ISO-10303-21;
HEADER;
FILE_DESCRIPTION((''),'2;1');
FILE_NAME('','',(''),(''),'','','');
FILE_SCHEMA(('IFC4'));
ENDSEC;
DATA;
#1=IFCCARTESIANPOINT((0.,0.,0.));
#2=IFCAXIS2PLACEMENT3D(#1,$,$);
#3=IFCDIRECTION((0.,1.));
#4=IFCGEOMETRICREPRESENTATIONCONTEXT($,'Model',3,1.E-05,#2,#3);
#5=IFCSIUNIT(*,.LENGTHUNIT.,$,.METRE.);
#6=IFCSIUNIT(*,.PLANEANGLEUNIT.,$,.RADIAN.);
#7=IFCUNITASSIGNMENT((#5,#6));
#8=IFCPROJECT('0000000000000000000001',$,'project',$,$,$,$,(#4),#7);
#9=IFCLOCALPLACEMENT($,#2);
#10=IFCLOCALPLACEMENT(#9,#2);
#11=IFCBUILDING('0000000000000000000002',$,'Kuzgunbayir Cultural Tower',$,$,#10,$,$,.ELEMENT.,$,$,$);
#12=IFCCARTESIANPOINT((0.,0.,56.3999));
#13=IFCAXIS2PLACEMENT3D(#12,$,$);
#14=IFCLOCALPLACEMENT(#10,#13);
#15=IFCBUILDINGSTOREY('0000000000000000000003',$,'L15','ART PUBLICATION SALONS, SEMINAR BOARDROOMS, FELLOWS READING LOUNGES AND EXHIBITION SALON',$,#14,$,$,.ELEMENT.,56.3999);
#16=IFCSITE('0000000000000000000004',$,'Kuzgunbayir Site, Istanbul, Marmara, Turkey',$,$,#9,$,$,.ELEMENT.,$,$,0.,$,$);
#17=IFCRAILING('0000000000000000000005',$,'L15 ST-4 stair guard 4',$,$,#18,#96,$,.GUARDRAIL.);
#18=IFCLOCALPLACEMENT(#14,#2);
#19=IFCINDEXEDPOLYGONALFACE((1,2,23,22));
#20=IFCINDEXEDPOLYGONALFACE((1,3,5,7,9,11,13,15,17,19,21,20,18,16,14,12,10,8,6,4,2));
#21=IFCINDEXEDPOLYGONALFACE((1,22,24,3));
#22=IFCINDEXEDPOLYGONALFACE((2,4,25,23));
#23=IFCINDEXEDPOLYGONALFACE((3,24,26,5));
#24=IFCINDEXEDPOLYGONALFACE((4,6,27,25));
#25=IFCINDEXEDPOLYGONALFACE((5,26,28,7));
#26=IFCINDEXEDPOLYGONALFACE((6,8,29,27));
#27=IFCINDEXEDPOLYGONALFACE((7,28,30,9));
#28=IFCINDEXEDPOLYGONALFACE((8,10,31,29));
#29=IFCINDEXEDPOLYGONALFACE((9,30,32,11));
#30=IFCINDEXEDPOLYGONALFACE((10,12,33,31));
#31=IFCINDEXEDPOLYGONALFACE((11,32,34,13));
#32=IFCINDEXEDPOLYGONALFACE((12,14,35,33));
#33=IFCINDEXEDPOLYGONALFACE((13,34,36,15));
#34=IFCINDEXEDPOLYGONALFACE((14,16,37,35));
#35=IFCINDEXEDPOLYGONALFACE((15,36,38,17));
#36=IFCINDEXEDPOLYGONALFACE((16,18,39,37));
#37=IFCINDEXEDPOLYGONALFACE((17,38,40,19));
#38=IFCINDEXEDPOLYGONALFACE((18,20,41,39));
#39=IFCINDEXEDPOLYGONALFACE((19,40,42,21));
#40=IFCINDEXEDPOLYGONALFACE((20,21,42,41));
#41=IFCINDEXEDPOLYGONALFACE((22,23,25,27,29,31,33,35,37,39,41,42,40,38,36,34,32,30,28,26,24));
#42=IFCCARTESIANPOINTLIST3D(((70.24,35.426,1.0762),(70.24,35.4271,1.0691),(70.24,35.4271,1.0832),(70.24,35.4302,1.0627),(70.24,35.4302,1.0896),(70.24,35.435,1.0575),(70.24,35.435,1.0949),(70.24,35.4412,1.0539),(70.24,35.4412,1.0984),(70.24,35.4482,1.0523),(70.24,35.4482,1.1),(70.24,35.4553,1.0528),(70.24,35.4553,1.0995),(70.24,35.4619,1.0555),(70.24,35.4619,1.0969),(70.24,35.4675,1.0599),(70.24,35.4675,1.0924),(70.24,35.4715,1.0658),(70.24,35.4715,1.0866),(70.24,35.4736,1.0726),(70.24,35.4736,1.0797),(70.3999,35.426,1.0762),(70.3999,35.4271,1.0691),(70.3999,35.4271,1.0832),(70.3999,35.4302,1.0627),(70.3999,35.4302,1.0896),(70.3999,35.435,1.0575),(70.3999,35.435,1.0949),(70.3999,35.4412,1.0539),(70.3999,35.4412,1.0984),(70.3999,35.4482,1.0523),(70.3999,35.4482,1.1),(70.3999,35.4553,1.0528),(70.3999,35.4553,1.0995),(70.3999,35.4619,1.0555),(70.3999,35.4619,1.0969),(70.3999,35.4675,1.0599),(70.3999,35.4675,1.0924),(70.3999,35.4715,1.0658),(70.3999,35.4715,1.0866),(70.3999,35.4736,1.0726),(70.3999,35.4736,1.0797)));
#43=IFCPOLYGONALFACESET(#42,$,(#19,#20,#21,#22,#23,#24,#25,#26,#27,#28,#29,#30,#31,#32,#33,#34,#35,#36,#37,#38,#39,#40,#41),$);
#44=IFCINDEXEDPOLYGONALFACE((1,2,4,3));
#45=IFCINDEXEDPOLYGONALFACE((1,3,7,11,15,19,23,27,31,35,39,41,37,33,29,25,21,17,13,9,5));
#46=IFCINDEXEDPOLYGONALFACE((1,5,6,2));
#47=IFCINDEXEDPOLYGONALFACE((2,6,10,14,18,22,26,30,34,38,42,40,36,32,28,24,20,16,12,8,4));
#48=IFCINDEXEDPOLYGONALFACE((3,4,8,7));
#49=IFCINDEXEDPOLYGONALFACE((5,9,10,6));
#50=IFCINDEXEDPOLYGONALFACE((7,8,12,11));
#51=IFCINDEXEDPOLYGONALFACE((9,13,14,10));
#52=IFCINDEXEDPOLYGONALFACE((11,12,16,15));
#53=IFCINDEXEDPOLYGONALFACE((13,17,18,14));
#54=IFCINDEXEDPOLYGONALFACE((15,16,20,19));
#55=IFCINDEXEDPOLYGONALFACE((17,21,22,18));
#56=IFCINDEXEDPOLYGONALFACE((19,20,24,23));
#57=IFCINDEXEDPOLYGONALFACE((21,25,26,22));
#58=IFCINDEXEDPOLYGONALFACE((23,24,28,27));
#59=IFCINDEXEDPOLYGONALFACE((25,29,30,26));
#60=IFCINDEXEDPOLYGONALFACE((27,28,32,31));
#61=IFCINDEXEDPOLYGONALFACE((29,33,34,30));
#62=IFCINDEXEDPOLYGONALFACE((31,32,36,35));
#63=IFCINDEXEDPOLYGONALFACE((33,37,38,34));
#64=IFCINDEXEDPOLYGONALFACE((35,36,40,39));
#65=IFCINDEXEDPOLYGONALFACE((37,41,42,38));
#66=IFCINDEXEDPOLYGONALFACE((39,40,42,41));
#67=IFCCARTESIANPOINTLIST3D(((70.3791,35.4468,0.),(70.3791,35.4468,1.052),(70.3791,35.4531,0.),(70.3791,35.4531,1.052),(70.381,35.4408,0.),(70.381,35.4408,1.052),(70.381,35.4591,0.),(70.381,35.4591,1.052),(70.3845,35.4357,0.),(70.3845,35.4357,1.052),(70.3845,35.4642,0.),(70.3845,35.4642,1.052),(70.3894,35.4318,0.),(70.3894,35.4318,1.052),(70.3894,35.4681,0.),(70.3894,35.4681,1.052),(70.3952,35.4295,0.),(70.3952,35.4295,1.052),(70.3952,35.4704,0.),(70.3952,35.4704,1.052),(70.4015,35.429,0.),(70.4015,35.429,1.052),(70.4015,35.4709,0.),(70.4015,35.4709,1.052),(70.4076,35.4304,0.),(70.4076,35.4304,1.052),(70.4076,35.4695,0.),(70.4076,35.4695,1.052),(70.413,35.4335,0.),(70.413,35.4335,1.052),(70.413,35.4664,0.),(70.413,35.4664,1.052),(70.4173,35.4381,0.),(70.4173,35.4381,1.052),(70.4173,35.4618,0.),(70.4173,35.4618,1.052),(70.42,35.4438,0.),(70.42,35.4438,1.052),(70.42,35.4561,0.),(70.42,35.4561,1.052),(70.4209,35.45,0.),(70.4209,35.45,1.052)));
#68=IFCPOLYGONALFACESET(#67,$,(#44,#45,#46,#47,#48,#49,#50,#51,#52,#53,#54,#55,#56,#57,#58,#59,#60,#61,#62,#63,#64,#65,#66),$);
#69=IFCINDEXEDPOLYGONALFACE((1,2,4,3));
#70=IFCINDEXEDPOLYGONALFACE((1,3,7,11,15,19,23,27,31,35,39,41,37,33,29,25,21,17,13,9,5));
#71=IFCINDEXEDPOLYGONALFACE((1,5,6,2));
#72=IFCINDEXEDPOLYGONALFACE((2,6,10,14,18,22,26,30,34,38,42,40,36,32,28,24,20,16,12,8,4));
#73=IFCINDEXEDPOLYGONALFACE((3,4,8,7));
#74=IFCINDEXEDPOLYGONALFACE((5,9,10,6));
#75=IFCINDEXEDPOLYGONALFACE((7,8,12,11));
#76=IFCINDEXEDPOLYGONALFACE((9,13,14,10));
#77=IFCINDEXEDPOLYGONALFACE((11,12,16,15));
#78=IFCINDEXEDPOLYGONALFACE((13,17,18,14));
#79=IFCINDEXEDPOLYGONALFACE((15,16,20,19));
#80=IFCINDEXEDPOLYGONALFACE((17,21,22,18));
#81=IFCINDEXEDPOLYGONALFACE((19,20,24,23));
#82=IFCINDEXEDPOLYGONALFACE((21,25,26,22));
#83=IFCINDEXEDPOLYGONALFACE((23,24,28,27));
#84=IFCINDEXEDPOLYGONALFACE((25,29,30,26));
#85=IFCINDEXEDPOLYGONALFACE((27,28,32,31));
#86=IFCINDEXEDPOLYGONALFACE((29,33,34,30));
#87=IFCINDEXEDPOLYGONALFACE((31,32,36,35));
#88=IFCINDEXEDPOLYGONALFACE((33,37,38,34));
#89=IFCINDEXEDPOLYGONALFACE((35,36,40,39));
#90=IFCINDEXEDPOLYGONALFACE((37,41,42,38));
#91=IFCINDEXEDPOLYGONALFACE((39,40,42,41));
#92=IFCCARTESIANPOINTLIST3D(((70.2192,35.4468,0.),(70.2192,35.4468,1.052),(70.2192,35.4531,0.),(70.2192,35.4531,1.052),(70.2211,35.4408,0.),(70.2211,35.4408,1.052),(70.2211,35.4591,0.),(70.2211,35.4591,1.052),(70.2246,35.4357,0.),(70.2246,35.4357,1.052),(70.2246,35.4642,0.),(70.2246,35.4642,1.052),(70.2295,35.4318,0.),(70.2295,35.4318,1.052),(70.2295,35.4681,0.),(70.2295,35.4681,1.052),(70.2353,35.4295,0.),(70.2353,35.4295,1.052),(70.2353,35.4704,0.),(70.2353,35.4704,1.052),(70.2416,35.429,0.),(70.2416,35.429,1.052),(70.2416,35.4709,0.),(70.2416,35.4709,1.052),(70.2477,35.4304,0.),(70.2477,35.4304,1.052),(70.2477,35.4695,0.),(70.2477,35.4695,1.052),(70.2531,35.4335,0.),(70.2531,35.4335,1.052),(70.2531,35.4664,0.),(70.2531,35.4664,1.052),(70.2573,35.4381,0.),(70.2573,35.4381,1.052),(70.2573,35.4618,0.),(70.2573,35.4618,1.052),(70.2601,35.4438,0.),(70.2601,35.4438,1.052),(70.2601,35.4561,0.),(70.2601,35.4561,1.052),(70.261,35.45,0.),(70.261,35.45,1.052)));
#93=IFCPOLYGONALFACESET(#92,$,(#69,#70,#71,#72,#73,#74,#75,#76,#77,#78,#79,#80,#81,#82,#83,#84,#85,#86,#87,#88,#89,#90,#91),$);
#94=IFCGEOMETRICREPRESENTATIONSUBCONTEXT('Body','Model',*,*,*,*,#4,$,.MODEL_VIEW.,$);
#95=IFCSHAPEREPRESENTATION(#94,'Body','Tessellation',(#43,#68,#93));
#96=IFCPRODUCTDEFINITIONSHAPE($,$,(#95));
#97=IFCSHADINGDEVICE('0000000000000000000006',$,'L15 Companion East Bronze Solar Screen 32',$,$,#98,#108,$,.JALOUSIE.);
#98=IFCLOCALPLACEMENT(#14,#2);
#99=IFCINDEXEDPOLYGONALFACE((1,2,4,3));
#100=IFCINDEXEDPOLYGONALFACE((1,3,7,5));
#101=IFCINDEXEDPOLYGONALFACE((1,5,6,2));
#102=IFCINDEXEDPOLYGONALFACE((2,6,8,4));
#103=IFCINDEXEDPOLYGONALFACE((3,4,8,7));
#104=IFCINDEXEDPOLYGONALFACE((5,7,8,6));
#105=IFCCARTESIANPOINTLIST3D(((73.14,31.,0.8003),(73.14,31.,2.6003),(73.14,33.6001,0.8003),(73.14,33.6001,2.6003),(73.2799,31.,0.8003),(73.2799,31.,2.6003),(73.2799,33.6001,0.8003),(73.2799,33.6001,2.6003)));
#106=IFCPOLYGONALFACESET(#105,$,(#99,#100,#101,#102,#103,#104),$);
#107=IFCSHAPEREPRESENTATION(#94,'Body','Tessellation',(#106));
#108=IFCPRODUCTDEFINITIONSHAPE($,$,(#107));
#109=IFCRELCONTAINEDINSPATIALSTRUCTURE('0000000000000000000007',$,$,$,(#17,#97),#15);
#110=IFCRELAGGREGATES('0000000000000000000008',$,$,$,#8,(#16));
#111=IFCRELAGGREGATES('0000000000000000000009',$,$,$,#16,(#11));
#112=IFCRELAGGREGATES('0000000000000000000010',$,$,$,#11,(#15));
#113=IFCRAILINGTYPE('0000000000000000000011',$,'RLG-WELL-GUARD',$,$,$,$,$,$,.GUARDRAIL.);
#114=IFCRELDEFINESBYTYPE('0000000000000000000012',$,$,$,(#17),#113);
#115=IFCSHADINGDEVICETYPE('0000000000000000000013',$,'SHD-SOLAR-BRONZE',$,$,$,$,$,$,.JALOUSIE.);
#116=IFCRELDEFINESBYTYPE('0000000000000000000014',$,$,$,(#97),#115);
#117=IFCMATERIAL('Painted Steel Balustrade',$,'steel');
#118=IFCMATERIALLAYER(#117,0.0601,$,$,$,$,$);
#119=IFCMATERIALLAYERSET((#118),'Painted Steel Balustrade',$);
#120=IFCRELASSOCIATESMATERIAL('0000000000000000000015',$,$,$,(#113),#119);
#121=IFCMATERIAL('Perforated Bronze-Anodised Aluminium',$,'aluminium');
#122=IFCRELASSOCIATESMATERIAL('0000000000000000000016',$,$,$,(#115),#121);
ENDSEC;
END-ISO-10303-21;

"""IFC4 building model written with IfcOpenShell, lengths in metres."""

from ifc_helpers import new_model, si_unit, direction, frame, origin, origin_2d, place, context, subcontext, project, spatial, rectangle, circle, extrude, material, layer, layer_set, type_object, element, save


model = new_model("IFC4")

# Units and contexts
model_context = context("Model", 3, precision=1e-05, world=origin(), true_north=direction((0.0, 1.0)))
body_context = subcontext(model_context, "Body", "Model", "MODEL_VIEW")
ifc_project = project(units=[si_unit("LENGTHUNIT", "METRE"), si_unit("PLANEANGLEUNIT", "RADIAN")], contexts=[model_context])

# Site, building, storey
site_placement = place(None, origin())
site = spatial("IfcSite", under=ifc_project, at=site_placement, Name="Kuzgunbayir Site, Istanbul, Marmara, Turkey", CompositionType="ELEMENT", RefElevation=0.0)
building_placement = place(site_placement, origin())
building = spatial("IfcBuilding", under=site, at=building_placement, Name="Kuzgunbayir Cultural Tower", CompositionType="ELEMENT")
storey_placement = place(building_placement, frame((0.0, 0.0, 56.3999)))
storey = spatial("IfcBuildingStorey", under=building, at=storey_placement, Name="L15", Description="ART PUBLICATION SALONS, SEMINAR BOARDROOMS, FELLOWS READING LOUNGES AND EXHIBITION SALON", CompositionType="ELEMENT", Elevation=56.3999)

# Railing
ifc_material_1 = material(Name="Painted Steel Balustrade", Category="steel")
ifc_layer_1 = layer(ifc_material_1, 0.0601)
ifc_layer_set_1 = layer_set([ifc_layer_1], Name="Painted Steel Balustrade")
railing_type = type_object("IfcRailingType", Name="RLG-WELL-GUARD", PredefinedType="GUARDRAIL", material=ifc_layer_set_1)
railing_1_placement = place(storey_placement, frame((70.3999, 35.45, 0.0)))
element("IfcRailing", 1, at=railing_1_placement, inside=storey, type_object=railing_type, Name="L15 ST-4 stair guard 4", PredefinedType="GUARDRAIL", context=body_context, shape_type="SweptSolid", body=[
    extrude(circle(Radius=0.0239, at=origin_2d()), frame((0.0, 0.0, 1.0762), z_axis=(-1.0, 0.0, 0.0), x_axis=(0.0, -1.0, 0.0)), (0.0, 0.0, 1.0), 0.1599),
    extrude(circle(Radius=0.021, at=origin_2d()), origin(), (0.0, 0.0, 1.0), 1.052),
    extrude(circle(Radius=0.021, at=origin_2d()), frame((-0.1599, 0.0, 0.0)), (0.0, 0.0, 1.0), 1.052),
])

# Shading device
ifc_material_2 = material(Name="Perforated Bronze-Anodised Aluminium", Category="aluminium")
shading_device_type = type_object("IfcShadingDeviceType", Name="SHD-SOLAR-BRONZE", PredefinedType="JALOUSIE", material=ifc_material_2)
shading_device_placement = place(storey_placement, frame((73.21, 32.3, 0.8003), z_axis=(0.0, 0.0, 1.0), x_axis=(1.0, 0.0, 0.0)))
element("IfcShadingDevice", 2, at=shading_device_placement, inside=storey, type_object=shading_device_type, Name="L15 Companion East Bronze Solar Screen 32", PredefinedType="JALOUSIE", context=body_context, shape_type="SweptSolid", body=[
    extrude(rectangle(XDim=0.1399, YDim=2.6001, at=origin_2d()), origin(), (0.0, 0.0, 1.0), 1.8),
])

save(model, "model.ifc")
